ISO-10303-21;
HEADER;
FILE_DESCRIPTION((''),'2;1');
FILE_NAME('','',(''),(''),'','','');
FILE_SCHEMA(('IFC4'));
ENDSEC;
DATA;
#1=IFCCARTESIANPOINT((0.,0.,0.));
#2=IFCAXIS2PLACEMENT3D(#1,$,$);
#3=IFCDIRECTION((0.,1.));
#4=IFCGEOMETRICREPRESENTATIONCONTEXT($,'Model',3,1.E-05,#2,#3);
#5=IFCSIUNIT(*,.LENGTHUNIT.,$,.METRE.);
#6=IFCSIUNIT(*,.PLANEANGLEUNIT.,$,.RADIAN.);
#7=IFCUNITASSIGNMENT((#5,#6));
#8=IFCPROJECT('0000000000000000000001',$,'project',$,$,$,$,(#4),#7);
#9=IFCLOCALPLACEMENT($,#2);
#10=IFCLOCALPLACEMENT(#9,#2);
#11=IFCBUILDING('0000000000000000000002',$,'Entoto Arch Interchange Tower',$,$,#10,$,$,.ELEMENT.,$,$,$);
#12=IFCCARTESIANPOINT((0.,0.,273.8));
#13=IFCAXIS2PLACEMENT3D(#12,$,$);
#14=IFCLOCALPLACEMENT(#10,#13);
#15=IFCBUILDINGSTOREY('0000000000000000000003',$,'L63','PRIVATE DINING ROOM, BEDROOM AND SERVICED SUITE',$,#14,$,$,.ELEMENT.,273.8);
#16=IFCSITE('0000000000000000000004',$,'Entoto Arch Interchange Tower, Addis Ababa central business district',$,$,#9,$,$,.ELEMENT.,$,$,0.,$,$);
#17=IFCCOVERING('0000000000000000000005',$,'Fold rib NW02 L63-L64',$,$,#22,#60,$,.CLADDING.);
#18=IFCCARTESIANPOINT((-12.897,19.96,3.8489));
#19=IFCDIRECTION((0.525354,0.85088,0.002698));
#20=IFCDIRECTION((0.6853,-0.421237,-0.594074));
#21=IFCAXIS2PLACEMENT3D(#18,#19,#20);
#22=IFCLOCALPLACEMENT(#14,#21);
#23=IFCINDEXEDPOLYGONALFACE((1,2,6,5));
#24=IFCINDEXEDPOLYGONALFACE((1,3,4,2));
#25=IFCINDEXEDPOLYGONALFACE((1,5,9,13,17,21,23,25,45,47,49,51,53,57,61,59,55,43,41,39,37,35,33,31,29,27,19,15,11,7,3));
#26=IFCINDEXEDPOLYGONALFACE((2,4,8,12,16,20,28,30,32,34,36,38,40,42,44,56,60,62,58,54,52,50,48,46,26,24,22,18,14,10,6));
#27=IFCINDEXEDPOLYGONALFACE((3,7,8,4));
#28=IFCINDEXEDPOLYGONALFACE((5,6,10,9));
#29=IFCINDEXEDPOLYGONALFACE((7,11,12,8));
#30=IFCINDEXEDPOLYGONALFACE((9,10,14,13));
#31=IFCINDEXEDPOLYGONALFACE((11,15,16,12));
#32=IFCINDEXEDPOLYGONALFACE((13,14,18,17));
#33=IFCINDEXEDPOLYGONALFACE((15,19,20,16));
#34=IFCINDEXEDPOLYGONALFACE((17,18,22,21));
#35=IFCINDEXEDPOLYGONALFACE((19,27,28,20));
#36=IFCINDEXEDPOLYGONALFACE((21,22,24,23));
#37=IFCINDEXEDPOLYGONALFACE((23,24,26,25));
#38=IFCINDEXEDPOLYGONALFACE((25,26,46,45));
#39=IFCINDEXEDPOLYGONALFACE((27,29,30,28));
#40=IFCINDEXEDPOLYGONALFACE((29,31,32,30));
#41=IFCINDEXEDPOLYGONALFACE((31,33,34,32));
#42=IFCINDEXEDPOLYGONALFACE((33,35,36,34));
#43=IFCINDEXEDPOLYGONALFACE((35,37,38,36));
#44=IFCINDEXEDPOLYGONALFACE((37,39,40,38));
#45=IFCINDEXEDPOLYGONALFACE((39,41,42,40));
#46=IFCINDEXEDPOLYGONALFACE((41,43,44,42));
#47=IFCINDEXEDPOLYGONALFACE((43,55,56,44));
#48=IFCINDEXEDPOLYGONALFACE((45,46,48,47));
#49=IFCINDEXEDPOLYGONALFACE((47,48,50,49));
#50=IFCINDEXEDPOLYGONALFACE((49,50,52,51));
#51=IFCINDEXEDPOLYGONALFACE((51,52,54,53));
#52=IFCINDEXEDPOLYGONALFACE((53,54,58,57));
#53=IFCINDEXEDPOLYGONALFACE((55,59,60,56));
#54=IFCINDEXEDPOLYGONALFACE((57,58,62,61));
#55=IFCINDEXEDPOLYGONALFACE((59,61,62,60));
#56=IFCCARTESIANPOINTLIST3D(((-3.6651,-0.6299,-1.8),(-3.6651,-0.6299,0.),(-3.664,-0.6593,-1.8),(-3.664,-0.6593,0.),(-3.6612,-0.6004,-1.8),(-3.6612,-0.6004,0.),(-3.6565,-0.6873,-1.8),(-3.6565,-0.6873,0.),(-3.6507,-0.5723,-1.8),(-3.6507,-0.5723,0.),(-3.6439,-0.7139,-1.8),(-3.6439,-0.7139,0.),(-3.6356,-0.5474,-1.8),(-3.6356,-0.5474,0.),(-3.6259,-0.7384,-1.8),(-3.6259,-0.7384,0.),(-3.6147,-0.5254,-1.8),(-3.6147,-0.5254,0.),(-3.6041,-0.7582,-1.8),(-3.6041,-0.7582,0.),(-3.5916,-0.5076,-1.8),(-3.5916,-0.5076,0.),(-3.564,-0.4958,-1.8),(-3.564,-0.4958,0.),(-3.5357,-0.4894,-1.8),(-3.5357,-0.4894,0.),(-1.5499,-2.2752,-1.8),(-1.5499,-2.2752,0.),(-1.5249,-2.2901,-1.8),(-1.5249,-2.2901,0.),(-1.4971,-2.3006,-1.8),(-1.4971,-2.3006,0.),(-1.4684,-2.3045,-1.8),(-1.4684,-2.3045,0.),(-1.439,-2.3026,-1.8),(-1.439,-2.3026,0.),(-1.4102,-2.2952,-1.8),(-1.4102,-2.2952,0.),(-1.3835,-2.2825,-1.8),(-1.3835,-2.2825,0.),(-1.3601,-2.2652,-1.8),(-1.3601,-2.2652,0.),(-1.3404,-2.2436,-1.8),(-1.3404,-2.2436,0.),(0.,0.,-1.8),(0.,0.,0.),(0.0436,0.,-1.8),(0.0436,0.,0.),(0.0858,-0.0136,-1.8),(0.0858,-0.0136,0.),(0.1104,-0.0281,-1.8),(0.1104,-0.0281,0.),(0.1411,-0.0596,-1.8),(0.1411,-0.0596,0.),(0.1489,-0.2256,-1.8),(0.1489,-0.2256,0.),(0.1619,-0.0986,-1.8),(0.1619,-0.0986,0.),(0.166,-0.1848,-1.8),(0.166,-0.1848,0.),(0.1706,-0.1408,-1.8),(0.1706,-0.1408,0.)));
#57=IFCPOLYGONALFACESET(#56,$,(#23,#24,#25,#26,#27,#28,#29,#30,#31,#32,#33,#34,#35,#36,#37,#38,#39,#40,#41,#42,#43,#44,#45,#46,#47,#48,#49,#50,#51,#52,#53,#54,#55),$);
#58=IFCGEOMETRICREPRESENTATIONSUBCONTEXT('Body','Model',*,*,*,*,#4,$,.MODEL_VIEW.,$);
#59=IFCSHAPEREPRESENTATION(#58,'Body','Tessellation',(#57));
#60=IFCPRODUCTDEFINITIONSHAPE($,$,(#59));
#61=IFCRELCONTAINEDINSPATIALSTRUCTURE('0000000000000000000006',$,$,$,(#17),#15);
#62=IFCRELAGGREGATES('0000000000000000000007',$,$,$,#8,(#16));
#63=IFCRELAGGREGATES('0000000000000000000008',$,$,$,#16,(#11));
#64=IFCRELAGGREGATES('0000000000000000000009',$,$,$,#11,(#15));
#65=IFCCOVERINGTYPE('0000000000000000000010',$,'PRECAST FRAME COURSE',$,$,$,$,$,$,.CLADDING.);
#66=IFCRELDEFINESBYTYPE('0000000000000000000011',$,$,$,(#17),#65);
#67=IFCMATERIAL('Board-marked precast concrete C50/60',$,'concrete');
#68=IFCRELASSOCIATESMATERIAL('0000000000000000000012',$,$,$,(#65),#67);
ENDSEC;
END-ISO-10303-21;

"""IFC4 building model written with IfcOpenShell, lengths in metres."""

from ifc_helpers import new_model, si_unit, direction, frame, origin, place, context, subcontext, project, spatial, polyline, outline, extrude, material, type_object, element, save


model = new_model("IFC4")

# Units and contexts
model_context = context("Model", 3, precision=1e-05, world=origin(), true_north=direction((0.0, 1.0)))
body_context = subcontext(model_context, "Body", "Model", "MODEL_VIEW")
ifc_project = project(units=[si_unit("LENGTHUNIT", "METRE"), si_unit("PLANEANGLEUNIT", "RADIAN")], contexts=[model_context])

# Site, building, storey
site_placement = place(None, origin())
site = spatial("IfcSite", under=ifc_project, at=site_placement, Name="Entoto Arch Interchange Tower, Addis Ababa central business district", CompositionType="ELEMENT", RefElevation=0.0)
building_placement = place(site_placement, origin())
building = spatial("IfcBuilding", under=site, at=building_placement, Name="Entoto Arch Interchange Tower", CompositionType="ELEMENT")
storey_placement = place(building_placement, frame((0.0, 0.0, 273.8)))
storey = spatial("IfcBuildingStorey", under=building, at=storey_placement, Name="L63", Description="PRIVATE DINING ROOM, BEDROOM AND SERVICED SUITE", CompositionType="ELEMENT", Elevation=273.8)

# Covering
ifc_material_1 = material(Name="Board-marked precast concrete C50/60", Category="concrete")
covering_type = type_object("IfcCoveringType", Name="PRECAST FRAME COURSE", PredefinedType="CLADDING", material=ifc_material_1)
covering_placement = place(storey_placement, frame((-12.897, 19.96, 3.8489), z_axis=(0.525354, 0.85088, 0.002698), x_axis=(0.6853, -0.421237, -0.594074)))
element("IfcCovering", 1, at=covering_placement, inside=storey, type_object=covering_type, Name="Fold rib NW02 L63-L64", PredefinedType="CLADDING", context=body_context, shape_type="SweptSolid", body=[
    extrude(outline(polyline([(0.0, 0.0), (0.0436, 0.0), (0.0858, -0.0136), (0.1104, -0.0281), (0.1411, -0.0596), (0.1619, -0.0986), (0.1706, -0.1408), (0.166, -0.1848), (0.1489, -0.2256), (-1.3404, -2.2436), (-1.3601, -2.2652), (-1.3835, -2.2825), (-1.4102, -2.2952), (-1.439, -2.3026), (-1.4684, -2.3045), (-1.4971, -2.3006), (-1.5249, -2.2901), (-1.5499, -2.2752), (-3.6041, -0.7582), (-3.6259, -0.7384), (-3.6439, -0.7139), (-3.6565, -0.6873), (-3.664, -0.6593), (-3.6651, -0.6299), (-3.6612, -0.6004), (-3.6507, -0.5723), (-3.6356, -0.5474), (-3.6147, -0.5254), (-3.5916, -0.5076), (-3.564, -0.4958), (-3.5357, -0.4894), (0.0, 0.0)])), origin(), (0.0, 0.0, -1.0), 1.8),
])

save(model, "model.ifc")
